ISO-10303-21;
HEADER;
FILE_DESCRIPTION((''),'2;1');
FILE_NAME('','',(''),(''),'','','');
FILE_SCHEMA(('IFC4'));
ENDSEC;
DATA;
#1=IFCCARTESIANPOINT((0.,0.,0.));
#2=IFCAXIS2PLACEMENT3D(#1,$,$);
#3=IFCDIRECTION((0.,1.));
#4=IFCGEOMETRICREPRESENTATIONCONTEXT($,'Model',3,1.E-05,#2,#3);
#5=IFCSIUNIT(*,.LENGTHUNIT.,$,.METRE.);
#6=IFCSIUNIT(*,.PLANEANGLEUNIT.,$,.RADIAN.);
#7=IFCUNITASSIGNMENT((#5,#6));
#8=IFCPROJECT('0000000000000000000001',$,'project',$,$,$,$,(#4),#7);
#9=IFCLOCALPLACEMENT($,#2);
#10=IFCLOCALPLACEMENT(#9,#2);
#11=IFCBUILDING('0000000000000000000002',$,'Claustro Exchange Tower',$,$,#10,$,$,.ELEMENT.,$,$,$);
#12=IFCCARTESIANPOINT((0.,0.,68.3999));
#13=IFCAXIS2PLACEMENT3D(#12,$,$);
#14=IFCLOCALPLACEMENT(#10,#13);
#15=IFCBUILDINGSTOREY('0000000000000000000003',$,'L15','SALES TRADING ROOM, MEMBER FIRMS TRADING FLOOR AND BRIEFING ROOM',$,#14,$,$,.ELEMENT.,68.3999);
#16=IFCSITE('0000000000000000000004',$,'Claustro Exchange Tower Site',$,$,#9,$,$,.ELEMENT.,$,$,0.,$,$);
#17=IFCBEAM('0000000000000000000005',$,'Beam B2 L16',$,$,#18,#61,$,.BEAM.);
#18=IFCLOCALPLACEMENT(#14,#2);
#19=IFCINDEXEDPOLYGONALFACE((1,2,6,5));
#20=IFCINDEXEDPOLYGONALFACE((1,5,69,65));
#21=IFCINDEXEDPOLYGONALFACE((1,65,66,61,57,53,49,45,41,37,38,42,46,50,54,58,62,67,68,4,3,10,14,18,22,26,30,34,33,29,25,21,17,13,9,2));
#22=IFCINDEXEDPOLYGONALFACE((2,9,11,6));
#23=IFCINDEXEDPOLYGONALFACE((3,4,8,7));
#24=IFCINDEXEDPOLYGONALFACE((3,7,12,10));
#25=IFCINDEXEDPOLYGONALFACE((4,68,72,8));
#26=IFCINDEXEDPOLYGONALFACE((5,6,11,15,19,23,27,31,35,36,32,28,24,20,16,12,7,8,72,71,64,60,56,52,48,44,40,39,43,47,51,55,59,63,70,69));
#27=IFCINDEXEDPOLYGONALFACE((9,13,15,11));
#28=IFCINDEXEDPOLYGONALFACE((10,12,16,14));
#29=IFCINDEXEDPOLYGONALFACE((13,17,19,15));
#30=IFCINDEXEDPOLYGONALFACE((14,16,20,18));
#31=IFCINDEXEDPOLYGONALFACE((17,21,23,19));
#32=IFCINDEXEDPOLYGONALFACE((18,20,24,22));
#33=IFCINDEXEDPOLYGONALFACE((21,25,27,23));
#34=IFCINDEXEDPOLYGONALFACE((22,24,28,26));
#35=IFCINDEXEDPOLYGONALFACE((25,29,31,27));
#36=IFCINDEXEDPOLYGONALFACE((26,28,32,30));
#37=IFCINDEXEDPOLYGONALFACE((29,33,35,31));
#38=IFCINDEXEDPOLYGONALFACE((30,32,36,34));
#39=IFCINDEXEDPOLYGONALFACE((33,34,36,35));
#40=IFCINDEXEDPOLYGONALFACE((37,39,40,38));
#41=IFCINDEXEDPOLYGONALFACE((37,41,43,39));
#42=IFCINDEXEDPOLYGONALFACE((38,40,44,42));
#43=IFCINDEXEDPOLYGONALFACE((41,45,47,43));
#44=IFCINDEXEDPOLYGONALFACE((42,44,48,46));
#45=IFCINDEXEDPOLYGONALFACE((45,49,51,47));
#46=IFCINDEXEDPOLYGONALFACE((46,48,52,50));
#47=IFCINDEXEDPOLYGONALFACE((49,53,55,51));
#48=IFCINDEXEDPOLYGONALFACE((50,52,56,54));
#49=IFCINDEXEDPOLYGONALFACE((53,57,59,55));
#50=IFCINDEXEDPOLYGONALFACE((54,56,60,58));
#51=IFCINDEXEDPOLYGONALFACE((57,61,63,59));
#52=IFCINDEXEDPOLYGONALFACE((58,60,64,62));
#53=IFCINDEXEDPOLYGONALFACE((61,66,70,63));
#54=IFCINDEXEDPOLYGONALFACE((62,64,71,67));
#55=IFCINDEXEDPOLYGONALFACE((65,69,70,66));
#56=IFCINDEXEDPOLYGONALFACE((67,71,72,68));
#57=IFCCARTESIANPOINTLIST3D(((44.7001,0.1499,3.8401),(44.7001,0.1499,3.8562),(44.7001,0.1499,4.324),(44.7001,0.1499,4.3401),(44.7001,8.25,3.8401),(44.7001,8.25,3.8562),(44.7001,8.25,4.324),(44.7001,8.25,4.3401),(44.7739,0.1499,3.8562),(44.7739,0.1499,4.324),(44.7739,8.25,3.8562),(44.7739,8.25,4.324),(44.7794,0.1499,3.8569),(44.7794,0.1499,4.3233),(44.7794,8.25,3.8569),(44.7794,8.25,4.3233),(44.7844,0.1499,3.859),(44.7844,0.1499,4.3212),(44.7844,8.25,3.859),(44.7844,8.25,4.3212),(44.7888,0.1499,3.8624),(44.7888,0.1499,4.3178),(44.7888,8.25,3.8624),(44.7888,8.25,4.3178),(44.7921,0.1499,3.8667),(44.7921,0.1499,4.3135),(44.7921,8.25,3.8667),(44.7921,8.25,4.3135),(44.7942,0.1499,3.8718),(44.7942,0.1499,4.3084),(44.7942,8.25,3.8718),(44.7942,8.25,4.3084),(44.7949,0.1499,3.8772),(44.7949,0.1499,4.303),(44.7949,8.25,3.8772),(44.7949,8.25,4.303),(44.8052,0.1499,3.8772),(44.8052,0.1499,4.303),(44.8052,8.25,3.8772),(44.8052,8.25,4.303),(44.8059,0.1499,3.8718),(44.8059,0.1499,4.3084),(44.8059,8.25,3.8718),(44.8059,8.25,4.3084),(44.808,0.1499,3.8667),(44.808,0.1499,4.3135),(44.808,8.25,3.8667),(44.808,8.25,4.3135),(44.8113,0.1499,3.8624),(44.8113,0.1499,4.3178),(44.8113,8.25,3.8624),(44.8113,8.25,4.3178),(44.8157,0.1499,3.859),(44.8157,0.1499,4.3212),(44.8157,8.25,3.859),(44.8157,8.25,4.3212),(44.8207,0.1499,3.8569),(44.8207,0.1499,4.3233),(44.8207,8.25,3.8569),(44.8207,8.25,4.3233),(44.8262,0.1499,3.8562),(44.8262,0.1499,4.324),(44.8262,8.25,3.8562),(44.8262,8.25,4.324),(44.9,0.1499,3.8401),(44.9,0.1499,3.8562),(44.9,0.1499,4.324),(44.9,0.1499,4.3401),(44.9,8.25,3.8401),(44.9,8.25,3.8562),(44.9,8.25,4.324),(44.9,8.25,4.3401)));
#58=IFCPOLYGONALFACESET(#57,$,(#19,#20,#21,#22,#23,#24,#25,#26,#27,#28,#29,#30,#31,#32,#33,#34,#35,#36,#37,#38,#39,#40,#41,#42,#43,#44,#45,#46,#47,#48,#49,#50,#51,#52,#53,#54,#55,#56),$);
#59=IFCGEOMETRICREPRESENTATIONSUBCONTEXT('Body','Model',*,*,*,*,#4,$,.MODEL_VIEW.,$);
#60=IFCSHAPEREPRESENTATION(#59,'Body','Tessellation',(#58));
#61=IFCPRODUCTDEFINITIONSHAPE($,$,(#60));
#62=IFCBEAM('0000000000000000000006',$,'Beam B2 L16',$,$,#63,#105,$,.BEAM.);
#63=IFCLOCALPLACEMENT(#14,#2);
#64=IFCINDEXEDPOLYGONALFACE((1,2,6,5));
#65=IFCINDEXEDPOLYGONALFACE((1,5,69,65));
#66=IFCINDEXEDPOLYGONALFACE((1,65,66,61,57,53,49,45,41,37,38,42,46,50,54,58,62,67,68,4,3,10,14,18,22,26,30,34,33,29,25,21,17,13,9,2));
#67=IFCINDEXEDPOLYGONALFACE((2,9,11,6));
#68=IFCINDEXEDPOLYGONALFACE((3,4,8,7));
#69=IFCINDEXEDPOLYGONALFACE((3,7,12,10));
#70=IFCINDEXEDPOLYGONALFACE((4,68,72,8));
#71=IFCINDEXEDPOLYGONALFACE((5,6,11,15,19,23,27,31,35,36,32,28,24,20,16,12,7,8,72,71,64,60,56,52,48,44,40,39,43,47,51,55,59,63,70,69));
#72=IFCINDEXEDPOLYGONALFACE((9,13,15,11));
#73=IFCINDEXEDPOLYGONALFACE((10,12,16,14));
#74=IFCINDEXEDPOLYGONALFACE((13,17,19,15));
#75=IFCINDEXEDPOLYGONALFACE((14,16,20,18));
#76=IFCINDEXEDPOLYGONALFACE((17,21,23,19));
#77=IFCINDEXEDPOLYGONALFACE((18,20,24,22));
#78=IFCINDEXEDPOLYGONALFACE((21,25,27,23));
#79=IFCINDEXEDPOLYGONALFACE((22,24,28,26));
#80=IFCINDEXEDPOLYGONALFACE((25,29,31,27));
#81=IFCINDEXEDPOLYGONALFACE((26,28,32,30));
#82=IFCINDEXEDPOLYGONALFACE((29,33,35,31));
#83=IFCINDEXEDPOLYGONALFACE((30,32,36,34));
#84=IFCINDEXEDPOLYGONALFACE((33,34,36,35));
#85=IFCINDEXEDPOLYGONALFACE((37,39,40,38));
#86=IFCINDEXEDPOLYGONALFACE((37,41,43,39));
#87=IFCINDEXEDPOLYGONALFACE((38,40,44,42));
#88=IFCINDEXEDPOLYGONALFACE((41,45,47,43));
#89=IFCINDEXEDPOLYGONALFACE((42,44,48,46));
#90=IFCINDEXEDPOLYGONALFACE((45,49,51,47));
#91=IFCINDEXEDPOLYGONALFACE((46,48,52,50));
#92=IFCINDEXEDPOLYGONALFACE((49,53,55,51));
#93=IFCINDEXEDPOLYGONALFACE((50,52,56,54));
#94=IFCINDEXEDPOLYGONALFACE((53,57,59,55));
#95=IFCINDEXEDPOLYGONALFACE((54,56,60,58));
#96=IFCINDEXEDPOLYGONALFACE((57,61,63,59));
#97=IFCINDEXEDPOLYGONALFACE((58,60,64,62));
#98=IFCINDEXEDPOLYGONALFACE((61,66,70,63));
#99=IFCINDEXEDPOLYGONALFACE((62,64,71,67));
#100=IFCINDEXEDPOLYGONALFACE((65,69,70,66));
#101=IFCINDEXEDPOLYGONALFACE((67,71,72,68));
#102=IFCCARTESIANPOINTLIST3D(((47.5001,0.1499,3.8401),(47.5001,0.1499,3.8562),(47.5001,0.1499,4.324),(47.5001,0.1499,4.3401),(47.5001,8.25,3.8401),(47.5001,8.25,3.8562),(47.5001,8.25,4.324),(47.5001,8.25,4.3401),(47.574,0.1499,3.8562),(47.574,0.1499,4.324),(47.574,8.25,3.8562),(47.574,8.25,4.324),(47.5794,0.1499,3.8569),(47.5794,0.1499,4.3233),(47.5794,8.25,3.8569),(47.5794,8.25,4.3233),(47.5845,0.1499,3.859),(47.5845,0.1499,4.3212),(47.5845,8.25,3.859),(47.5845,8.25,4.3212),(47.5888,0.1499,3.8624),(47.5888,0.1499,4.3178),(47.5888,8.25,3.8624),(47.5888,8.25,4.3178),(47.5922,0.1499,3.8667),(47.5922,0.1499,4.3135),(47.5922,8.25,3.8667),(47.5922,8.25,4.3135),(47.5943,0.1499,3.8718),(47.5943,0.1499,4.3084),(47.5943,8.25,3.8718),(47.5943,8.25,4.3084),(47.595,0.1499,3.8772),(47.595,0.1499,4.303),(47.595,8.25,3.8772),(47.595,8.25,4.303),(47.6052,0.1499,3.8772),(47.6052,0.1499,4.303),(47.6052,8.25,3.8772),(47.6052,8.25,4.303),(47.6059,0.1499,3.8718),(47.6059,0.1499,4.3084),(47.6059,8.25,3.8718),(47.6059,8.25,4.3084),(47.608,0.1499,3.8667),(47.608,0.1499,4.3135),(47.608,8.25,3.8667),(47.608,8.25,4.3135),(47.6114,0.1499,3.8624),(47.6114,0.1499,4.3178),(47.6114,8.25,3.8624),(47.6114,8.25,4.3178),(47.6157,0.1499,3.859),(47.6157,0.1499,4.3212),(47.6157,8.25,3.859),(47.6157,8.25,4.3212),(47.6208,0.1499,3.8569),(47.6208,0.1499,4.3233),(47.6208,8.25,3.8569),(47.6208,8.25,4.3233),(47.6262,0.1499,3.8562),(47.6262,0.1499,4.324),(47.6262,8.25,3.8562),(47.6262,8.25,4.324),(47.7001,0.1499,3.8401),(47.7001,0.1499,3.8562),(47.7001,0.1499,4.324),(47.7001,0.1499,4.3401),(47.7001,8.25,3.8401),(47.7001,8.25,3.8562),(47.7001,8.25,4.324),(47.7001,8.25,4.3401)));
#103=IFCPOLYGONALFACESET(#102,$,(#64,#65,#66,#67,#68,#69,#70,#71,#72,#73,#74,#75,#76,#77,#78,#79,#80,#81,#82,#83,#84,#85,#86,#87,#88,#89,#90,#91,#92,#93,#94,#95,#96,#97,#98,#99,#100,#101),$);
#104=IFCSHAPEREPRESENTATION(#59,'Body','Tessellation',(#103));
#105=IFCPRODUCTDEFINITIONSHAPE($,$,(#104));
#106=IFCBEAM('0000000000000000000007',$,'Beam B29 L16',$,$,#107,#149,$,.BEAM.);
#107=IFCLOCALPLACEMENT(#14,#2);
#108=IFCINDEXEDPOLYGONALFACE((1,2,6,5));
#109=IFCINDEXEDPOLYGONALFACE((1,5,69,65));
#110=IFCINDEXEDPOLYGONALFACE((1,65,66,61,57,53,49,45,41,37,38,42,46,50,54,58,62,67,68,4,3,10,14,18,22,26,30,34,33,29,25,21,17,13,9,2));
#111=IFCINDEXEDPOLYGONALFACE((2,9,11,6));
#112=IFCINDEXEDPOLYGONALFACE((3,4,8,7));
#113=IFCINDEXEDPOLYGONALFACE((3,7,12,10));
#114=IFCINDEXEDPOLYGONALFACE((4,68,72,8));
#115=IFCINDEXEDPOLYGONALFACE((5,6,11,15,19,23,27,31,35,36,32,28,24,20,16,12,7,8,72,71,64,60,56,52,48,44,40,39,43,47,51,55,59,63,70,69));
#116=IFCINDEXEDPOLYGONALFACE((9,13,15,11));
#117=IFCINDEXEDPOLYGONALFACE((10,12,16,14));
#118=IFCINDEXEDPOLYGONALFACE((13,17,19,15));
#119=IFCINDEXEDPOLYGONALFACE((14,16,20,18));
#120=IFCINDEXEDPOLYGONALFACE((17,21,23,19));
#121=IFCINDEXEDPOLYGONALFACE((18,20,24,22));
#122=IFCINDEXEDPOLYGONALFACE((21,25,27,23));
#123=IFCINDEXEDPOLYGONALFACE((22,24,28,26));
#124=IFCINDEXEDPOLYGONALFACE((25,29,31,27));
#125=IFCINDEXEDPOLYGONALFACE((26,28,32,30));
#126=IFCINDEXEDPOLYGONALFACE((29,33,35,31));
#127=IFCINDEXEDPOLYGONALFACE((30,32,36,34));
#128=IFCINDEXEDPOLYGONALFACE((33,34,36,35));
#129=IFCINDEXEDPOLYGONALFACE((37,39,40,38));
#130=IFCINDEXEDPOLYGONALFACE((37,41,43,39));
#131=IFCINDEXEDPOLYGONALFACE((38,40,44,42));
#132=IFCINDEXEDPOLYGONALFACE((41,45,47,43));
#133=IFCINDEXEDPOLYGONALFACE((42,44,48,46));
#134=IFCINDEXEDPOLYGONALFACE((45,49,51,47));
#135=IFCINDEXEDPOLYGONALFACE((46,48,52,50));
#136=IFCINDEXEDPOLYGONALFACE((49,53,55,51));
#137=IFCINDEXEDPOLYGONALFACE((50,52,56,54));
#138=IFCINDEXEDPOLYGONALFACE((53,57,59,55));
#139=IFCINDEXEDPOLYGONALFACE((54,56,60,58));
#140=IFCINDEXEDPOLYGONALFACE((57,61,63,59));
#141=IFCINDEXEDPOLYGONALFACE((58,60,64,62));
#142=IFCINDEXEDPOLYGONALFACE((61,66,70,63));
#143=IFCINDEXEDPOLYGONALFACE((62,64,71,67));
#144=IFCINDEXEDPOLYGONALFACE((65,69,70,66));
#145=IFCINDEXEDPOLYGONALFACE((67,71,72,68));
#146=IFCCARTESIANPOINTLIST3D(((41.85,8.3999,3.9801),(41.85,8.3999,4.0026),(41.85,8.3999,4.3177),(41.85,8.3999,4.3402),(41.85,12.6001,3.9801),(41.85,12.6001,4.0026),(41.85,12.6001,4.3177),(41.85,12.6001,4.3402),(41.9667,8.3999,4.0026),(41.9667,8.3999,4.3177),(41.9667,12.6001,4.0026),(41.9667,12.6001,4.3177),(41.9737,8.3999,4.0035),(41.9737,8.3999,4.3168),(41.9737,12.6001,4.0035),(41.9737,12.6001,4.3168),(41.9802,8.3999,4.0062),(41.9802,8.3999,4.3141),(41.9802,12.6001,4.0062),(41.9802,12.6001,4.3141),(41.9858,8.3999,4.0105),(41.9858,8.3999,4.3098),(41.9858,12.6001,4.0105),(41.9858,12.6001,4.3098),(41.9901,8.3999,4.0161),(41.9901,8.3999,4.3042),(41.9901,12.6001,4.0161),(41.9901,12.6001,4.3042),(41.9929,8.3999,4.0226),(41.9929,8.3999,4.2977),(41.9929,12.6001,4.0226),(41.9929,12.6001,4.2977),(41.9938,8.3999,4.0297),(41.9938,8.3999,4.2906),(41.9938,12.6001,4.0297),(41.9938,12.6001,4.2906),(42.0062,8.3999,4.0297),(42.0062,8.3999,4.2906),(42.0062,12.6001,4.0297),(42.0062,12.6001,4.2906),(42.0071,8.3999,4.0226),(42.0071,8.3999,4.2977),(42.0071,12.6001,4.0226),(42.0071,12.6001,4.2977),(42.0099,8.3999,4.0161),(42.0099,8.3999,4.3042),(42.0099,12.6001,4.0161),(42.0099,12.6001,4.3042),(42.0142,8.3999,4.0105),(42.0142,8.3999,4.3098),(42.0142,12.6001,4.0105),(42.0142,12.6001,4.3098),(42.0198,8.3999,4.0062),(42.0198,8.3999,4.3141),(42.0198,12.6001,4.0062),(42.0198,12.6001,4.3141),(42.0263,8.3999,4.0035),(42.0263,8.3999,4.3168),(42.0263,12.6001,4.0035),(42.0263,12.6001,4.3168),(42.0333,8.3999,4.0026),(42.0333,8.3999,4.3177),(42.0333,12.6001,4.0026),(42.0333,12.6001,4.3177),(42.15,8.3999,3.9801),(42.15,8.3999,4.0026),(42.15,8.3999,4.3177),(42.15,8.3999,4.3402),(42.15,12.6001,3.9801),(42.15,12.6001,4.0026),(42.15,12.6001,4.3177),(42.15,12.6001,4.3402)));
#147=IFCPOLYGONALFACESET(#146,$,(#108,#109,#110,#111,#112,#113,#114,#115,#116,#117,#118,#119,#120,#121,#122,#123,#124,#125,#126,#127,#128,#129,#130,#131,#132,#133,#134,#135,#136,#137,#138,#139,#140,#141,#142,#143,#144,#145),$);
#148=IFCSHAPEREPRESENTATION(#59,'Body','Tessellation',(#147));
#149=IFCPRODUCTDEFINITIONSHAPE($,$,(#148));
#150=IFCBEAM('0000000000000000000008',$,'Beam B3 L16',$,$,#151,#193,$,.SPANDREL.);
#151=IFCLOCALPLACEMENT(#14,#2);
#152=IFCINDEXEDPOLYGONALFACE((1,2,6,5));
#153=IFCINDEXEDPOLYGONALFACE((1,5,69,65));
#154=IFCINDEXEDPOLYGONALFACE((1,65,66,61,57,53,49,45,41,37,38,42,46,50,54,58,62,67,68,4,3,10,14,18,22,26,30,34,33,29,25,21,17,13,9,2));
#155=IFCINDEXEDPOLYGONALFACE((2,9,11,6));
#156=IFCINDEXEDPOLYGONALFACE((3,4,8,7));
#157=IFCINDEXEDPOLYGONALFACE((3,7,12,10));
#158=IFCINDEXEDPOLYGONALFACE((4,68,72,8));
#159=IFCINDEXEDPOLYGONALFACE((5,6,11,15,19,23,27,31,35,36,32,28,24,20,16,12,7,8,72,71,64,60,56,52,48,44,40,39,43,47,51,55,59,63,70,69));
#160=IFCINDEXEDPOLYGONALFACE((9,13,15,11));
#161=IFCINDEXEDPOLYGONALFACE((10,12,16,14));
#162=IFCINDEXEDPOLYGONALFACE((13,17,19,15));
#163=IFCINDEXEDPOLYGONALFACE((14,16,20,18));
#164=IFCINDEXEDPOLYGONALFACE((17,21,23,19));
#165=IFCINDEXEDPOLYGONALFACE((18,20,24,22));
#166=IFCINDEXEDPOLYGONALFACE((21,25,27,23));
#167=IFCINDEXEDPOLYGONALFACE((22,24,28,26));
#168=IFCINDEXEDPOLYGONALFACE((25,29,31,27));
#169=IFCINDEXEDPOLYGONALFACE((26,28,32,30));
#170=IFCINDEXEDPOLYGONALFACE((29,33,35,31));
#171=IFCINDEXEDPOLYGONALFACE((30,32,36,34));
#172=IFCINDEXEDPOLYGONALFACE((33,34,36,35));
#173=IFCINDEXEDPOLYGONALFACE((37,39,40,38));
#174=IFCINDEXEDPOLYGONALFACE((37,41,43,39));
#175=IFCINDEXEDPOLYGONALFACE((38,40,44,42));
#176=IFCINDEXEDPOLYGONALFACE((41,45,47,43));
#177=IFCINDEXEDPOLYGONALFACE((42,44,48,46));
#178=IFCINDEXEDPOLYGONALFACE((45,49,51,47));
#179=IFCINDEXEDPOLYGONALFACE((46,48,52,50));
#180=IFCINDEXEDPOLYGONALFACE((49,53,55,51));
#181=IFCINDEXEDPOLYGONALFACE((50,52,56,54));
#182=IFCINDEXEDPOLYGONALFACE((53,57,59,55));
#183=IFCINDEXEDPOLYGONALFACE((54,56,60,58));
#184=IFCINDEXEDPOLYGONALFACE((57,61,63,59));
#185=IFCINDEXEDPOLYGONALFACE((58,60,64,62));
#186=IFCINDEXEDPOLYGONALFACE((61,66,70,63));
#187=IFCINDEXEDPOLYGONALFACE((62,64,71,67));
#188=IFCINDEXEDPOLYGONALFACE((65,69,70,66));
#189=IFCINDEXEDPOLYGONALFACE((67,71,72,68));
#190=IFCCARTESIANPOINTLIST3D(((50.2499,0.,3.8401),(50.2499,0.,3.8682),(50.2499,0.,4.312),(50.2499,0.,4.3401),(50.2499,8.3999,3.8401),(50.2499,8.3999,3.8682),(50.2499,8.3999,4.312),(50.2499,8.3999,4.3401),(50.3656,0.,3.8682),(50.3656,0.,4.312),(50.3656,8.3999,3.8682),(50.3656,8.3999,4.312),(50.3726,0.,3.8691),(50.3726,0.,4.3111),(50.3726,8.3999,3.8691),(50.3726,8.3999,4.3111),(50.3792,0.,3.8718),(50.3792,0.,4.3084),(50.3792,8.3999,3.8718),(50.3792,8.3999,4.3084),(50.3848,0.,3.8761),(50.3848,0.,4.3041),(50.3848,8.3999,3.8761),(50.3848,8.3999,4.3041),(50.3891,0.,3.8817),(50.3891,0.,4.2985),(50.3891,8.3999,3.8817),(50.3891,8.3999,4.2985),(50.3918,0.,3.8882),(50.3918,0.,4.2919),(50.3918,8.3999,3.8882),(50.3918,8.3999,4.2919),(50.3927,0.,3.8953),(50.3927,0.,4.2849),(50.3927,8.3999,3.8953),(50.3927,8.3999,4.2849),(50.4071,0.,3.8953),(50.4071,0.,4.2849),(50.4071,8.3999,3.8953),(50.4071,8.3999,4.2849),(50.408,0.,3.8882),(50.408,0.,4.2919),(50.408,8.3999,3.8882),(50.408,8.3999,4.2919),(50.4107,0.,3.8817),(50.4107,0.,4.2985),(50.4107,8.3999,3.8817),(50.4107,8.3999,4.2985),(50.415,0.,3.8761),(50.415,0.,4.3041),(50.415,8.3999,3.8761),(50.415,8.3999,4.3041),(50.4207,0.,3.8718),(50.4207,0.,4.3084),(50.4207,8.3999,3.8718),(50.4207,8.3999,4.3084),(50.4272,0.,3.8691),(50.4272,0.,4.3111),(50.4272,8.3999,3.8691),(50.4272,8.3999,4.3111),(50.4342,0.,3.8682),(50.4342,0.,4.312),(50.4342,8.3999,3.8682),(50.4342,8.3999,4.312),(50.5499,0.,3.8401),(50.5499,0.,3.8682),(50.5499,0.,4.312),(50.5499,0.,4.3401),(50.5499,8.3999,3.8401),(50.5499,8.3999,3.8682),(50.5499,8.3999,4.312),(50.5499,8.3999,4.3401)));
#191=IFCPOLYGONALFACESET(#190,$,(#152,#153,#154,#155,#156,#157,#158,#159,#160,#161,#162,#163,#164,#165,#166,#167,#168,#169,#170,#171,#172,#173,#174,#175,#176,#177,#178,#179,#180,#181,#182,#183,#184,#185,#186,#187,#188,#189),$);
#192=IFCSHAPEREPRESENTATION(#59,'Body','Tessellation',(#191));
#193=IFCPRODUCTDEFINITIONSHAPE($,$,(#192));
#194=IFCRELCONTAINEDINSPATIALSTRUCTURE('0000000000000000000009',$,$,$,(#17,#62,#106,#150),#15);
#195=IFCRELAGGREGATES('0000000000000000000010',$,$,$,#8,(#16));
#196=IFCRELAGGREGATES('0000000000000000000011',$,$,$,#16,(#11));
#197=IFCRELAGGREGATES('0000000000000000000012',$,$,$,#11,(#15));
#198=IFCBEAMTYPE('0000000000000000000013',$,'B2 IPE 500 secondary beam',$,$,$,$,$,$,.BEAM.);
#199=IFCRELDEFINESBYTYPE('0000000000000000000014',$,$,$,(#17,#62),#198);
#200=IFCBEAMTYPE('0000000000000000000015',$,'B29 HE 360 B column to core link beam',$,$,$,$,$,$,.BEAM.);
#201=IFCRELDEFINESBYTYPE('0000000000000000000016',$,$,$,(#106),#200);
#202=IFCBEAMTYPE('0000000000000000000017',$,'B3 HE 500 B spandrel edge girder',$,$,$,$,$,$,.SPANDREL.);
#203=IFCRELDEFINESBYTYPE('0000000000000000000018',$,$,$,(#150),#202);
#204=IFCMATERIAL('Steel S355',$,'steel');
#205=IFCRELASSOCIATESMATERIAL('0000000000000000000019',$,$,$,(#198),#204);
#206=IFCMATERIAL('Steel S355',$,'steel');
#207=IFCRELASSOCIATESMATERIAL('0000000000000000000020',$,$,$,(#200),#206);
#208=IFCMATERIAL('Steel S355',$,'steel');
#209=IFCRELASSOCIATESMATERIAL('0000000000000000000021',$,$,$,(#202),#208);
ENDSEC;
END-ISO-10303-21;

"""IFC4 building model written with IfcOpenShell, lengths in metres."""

from ifc_helpers import new_model, si_unit, direction, frame, origin, origin_2d, place, context, subcontext, project, spatial, i_section, extrude, material, material_profile, profile_set, type_object, element, save


model = new_model("IFC4")

# Units and contexts
model_context = context("Model", 3, precision=1e-05, world=origin(), true_north=direction((0.0, 1.0)))
body_context = subcontext(model_context, "Body", "Model", "MODEL_VIEW")
ifc_project = project(units=[si_unit("LENGTHUNIT", "METRE"), si_unit("PLANEANGLEUNIT", "RADIAN")], contexts=[model_context])

# Site, building, storey
site_placement = place(None, origin())
site = spatial("IfcSite", under=ifc_project, at=site_placement, Name="Claustro Exchange Tower Site", CompositionType="ELEMENT", RefElevation=0.0)
building_placement = place(site_placement, origin())
building = spatial("IfcBuilding", under=site, at=building_placement, Name="Claustro Exchange Tower", CompositionType="ELEMENT")
storey_placement = place(building_placement, frame((0.0, 0.0, 68.3999)))
storey = spatial("IfcBuildingStorey", under=building, at=storey_placement, Name="L15", Description="SALES TRADING ROOM, MEMBER FIRMS TRADING FLOOR AND BRIEFING ROOM", CompositionType="ELEMENT", Elevation=68.3999)

# Beams
ifc_material_1 = material(Name="Steel S355", Category="steel")
ifc_material_profile_1 = material_profile(ifc_material_1, i_section(OverallWidth=0.2, OverallDepth=0.5, WebThickness=0.0103, FlangeThickness=0.0161, FilletRadius=0.021, at=origin_2d()), Name="IPE 500")
ifc_profile_set_1 = profile_set([ifc_material_profile_1], Name="Steel S355")
beam_type_1 = type_object("IfcBeamType", Name="B2 IPE 500 secondary beam", PredefinedType="BEAM", material=ifc_profile_set_1)
for number, where, z_axis, x_axis, name in (
    (1, (44.8, 0.1499, 4.0901), (0.0, 1.0, 0.0), (-1.0, 0.0, 0.0), "Beam B2 L16"),
    (2, (47.6001, 0.1499, 4.0901), (0.0, 1.0, 0.0), (-1.0, 0.0, 0.0), "Beam B2 L16"),
):
    element("IfcBeam", number, at=place(storey_placement, frame(where, z_axis=z_axis, x_axis=x_axis)), inside=storey, type_object=beam_type_1, Name=name, PredefinedType="BEAM", context=body_context, shape_type="SweptSolid", body=[
        extrude(i_section(OverallWidth=0.2, OverallDepth=0.5, WebThickness=0.0103, FlangeThickness=0.0161, FilletRadius=0.021, at=origin_2d()), origin(), (0.0, 0.0, 1.0), 8.1001),
    ])
ifc_material_2 = material(Name="Steel S355", Category="steel")
ifc_material_profile_2 = material_profile(ifc_material_2, i_section(OverallWidth=0.3, OverallDepth=0.3601, WebThickness=0.0125, FlangeThickness=0.0225, FilletRadius=0.0271, at=origin_2d()), Name="HE 360 B")
ifc_profile_set_2 = profile_set([ifc_material_profile_2], Name="Steel S355")
beam_type_2 = type_object("IfcBeamType", Name="B29 HE 360 B column to core link beam", PredefinedType="BEAM", material=ifc_profile_set_2)
beam_1_placement = place(storey_placement, frame((42.0, 8.3999, 4.1602), z_axis=(0.0, 1.0, 0.0), x_axis=(-1.0, 0.0, 0.0)))
element("IfcBeam", 3, at=beam_1_placement, inside=storey, type_object=beam_type_2, Name="Beam B29 L16", PredefinedType="BEAM", context=body_context, shape_type="SweptSolid", body=[
    extrude(i_section(OverallWidth=0.3, OverallDepth=0.3601, WebThickness=0.0125, FlangeThickness=0.0225, FilletRadius=0.0271, at=origin_2d()), origin(), (0.0, 0.0, 1.0), 4.2002),
])
ifc_material_3 = material(Name="Steel S355", Category="steel")
ifc_material_profile_3 = material_profile(ifc_material_3, i_section(OverallWidth=0.3, OverallDepth=0.5, WebThickness=0.0144, FlangeThickness=0.0281, FilletRadius=0.0271, at=origin_2d()), Name="HE 500 B")
ifc_profile_set_3 = profile_set([ifc_material_profile_3], Name="Steel S355")
beam_type_3 = type_object("IfcBeamType", Name="B3 HE 500 B spandrel edge girder", PredefinedType="SPANDREL", material=ifc_profile_set_3)
beam_2_placement = place(storey_placement, frame((50.3999, 0.0, 4.0901), z_axis=(0.0, 1.0, 0.0), x_axis=(-1.0, 0.0, 0.0)))
element("IfcBeam", 4, at=beam_2_placement, inside=storey, type_object=beam_type_3, Name="Beam B3 L16", PredefinedType="SPANDREL", context=body_context, shape_type="SweptSolid", body=[
    extrude(i_section(OverallWidth=0.3, OverallDepth=0.5, WebThickness=0.0144, FlangeThickness=0.0281, FilletRadius=0.0271, at=origin_2d()), origin(), (0.0, 0.0, 1.0), 8.3999),
])

save(model, "model.ifc")
